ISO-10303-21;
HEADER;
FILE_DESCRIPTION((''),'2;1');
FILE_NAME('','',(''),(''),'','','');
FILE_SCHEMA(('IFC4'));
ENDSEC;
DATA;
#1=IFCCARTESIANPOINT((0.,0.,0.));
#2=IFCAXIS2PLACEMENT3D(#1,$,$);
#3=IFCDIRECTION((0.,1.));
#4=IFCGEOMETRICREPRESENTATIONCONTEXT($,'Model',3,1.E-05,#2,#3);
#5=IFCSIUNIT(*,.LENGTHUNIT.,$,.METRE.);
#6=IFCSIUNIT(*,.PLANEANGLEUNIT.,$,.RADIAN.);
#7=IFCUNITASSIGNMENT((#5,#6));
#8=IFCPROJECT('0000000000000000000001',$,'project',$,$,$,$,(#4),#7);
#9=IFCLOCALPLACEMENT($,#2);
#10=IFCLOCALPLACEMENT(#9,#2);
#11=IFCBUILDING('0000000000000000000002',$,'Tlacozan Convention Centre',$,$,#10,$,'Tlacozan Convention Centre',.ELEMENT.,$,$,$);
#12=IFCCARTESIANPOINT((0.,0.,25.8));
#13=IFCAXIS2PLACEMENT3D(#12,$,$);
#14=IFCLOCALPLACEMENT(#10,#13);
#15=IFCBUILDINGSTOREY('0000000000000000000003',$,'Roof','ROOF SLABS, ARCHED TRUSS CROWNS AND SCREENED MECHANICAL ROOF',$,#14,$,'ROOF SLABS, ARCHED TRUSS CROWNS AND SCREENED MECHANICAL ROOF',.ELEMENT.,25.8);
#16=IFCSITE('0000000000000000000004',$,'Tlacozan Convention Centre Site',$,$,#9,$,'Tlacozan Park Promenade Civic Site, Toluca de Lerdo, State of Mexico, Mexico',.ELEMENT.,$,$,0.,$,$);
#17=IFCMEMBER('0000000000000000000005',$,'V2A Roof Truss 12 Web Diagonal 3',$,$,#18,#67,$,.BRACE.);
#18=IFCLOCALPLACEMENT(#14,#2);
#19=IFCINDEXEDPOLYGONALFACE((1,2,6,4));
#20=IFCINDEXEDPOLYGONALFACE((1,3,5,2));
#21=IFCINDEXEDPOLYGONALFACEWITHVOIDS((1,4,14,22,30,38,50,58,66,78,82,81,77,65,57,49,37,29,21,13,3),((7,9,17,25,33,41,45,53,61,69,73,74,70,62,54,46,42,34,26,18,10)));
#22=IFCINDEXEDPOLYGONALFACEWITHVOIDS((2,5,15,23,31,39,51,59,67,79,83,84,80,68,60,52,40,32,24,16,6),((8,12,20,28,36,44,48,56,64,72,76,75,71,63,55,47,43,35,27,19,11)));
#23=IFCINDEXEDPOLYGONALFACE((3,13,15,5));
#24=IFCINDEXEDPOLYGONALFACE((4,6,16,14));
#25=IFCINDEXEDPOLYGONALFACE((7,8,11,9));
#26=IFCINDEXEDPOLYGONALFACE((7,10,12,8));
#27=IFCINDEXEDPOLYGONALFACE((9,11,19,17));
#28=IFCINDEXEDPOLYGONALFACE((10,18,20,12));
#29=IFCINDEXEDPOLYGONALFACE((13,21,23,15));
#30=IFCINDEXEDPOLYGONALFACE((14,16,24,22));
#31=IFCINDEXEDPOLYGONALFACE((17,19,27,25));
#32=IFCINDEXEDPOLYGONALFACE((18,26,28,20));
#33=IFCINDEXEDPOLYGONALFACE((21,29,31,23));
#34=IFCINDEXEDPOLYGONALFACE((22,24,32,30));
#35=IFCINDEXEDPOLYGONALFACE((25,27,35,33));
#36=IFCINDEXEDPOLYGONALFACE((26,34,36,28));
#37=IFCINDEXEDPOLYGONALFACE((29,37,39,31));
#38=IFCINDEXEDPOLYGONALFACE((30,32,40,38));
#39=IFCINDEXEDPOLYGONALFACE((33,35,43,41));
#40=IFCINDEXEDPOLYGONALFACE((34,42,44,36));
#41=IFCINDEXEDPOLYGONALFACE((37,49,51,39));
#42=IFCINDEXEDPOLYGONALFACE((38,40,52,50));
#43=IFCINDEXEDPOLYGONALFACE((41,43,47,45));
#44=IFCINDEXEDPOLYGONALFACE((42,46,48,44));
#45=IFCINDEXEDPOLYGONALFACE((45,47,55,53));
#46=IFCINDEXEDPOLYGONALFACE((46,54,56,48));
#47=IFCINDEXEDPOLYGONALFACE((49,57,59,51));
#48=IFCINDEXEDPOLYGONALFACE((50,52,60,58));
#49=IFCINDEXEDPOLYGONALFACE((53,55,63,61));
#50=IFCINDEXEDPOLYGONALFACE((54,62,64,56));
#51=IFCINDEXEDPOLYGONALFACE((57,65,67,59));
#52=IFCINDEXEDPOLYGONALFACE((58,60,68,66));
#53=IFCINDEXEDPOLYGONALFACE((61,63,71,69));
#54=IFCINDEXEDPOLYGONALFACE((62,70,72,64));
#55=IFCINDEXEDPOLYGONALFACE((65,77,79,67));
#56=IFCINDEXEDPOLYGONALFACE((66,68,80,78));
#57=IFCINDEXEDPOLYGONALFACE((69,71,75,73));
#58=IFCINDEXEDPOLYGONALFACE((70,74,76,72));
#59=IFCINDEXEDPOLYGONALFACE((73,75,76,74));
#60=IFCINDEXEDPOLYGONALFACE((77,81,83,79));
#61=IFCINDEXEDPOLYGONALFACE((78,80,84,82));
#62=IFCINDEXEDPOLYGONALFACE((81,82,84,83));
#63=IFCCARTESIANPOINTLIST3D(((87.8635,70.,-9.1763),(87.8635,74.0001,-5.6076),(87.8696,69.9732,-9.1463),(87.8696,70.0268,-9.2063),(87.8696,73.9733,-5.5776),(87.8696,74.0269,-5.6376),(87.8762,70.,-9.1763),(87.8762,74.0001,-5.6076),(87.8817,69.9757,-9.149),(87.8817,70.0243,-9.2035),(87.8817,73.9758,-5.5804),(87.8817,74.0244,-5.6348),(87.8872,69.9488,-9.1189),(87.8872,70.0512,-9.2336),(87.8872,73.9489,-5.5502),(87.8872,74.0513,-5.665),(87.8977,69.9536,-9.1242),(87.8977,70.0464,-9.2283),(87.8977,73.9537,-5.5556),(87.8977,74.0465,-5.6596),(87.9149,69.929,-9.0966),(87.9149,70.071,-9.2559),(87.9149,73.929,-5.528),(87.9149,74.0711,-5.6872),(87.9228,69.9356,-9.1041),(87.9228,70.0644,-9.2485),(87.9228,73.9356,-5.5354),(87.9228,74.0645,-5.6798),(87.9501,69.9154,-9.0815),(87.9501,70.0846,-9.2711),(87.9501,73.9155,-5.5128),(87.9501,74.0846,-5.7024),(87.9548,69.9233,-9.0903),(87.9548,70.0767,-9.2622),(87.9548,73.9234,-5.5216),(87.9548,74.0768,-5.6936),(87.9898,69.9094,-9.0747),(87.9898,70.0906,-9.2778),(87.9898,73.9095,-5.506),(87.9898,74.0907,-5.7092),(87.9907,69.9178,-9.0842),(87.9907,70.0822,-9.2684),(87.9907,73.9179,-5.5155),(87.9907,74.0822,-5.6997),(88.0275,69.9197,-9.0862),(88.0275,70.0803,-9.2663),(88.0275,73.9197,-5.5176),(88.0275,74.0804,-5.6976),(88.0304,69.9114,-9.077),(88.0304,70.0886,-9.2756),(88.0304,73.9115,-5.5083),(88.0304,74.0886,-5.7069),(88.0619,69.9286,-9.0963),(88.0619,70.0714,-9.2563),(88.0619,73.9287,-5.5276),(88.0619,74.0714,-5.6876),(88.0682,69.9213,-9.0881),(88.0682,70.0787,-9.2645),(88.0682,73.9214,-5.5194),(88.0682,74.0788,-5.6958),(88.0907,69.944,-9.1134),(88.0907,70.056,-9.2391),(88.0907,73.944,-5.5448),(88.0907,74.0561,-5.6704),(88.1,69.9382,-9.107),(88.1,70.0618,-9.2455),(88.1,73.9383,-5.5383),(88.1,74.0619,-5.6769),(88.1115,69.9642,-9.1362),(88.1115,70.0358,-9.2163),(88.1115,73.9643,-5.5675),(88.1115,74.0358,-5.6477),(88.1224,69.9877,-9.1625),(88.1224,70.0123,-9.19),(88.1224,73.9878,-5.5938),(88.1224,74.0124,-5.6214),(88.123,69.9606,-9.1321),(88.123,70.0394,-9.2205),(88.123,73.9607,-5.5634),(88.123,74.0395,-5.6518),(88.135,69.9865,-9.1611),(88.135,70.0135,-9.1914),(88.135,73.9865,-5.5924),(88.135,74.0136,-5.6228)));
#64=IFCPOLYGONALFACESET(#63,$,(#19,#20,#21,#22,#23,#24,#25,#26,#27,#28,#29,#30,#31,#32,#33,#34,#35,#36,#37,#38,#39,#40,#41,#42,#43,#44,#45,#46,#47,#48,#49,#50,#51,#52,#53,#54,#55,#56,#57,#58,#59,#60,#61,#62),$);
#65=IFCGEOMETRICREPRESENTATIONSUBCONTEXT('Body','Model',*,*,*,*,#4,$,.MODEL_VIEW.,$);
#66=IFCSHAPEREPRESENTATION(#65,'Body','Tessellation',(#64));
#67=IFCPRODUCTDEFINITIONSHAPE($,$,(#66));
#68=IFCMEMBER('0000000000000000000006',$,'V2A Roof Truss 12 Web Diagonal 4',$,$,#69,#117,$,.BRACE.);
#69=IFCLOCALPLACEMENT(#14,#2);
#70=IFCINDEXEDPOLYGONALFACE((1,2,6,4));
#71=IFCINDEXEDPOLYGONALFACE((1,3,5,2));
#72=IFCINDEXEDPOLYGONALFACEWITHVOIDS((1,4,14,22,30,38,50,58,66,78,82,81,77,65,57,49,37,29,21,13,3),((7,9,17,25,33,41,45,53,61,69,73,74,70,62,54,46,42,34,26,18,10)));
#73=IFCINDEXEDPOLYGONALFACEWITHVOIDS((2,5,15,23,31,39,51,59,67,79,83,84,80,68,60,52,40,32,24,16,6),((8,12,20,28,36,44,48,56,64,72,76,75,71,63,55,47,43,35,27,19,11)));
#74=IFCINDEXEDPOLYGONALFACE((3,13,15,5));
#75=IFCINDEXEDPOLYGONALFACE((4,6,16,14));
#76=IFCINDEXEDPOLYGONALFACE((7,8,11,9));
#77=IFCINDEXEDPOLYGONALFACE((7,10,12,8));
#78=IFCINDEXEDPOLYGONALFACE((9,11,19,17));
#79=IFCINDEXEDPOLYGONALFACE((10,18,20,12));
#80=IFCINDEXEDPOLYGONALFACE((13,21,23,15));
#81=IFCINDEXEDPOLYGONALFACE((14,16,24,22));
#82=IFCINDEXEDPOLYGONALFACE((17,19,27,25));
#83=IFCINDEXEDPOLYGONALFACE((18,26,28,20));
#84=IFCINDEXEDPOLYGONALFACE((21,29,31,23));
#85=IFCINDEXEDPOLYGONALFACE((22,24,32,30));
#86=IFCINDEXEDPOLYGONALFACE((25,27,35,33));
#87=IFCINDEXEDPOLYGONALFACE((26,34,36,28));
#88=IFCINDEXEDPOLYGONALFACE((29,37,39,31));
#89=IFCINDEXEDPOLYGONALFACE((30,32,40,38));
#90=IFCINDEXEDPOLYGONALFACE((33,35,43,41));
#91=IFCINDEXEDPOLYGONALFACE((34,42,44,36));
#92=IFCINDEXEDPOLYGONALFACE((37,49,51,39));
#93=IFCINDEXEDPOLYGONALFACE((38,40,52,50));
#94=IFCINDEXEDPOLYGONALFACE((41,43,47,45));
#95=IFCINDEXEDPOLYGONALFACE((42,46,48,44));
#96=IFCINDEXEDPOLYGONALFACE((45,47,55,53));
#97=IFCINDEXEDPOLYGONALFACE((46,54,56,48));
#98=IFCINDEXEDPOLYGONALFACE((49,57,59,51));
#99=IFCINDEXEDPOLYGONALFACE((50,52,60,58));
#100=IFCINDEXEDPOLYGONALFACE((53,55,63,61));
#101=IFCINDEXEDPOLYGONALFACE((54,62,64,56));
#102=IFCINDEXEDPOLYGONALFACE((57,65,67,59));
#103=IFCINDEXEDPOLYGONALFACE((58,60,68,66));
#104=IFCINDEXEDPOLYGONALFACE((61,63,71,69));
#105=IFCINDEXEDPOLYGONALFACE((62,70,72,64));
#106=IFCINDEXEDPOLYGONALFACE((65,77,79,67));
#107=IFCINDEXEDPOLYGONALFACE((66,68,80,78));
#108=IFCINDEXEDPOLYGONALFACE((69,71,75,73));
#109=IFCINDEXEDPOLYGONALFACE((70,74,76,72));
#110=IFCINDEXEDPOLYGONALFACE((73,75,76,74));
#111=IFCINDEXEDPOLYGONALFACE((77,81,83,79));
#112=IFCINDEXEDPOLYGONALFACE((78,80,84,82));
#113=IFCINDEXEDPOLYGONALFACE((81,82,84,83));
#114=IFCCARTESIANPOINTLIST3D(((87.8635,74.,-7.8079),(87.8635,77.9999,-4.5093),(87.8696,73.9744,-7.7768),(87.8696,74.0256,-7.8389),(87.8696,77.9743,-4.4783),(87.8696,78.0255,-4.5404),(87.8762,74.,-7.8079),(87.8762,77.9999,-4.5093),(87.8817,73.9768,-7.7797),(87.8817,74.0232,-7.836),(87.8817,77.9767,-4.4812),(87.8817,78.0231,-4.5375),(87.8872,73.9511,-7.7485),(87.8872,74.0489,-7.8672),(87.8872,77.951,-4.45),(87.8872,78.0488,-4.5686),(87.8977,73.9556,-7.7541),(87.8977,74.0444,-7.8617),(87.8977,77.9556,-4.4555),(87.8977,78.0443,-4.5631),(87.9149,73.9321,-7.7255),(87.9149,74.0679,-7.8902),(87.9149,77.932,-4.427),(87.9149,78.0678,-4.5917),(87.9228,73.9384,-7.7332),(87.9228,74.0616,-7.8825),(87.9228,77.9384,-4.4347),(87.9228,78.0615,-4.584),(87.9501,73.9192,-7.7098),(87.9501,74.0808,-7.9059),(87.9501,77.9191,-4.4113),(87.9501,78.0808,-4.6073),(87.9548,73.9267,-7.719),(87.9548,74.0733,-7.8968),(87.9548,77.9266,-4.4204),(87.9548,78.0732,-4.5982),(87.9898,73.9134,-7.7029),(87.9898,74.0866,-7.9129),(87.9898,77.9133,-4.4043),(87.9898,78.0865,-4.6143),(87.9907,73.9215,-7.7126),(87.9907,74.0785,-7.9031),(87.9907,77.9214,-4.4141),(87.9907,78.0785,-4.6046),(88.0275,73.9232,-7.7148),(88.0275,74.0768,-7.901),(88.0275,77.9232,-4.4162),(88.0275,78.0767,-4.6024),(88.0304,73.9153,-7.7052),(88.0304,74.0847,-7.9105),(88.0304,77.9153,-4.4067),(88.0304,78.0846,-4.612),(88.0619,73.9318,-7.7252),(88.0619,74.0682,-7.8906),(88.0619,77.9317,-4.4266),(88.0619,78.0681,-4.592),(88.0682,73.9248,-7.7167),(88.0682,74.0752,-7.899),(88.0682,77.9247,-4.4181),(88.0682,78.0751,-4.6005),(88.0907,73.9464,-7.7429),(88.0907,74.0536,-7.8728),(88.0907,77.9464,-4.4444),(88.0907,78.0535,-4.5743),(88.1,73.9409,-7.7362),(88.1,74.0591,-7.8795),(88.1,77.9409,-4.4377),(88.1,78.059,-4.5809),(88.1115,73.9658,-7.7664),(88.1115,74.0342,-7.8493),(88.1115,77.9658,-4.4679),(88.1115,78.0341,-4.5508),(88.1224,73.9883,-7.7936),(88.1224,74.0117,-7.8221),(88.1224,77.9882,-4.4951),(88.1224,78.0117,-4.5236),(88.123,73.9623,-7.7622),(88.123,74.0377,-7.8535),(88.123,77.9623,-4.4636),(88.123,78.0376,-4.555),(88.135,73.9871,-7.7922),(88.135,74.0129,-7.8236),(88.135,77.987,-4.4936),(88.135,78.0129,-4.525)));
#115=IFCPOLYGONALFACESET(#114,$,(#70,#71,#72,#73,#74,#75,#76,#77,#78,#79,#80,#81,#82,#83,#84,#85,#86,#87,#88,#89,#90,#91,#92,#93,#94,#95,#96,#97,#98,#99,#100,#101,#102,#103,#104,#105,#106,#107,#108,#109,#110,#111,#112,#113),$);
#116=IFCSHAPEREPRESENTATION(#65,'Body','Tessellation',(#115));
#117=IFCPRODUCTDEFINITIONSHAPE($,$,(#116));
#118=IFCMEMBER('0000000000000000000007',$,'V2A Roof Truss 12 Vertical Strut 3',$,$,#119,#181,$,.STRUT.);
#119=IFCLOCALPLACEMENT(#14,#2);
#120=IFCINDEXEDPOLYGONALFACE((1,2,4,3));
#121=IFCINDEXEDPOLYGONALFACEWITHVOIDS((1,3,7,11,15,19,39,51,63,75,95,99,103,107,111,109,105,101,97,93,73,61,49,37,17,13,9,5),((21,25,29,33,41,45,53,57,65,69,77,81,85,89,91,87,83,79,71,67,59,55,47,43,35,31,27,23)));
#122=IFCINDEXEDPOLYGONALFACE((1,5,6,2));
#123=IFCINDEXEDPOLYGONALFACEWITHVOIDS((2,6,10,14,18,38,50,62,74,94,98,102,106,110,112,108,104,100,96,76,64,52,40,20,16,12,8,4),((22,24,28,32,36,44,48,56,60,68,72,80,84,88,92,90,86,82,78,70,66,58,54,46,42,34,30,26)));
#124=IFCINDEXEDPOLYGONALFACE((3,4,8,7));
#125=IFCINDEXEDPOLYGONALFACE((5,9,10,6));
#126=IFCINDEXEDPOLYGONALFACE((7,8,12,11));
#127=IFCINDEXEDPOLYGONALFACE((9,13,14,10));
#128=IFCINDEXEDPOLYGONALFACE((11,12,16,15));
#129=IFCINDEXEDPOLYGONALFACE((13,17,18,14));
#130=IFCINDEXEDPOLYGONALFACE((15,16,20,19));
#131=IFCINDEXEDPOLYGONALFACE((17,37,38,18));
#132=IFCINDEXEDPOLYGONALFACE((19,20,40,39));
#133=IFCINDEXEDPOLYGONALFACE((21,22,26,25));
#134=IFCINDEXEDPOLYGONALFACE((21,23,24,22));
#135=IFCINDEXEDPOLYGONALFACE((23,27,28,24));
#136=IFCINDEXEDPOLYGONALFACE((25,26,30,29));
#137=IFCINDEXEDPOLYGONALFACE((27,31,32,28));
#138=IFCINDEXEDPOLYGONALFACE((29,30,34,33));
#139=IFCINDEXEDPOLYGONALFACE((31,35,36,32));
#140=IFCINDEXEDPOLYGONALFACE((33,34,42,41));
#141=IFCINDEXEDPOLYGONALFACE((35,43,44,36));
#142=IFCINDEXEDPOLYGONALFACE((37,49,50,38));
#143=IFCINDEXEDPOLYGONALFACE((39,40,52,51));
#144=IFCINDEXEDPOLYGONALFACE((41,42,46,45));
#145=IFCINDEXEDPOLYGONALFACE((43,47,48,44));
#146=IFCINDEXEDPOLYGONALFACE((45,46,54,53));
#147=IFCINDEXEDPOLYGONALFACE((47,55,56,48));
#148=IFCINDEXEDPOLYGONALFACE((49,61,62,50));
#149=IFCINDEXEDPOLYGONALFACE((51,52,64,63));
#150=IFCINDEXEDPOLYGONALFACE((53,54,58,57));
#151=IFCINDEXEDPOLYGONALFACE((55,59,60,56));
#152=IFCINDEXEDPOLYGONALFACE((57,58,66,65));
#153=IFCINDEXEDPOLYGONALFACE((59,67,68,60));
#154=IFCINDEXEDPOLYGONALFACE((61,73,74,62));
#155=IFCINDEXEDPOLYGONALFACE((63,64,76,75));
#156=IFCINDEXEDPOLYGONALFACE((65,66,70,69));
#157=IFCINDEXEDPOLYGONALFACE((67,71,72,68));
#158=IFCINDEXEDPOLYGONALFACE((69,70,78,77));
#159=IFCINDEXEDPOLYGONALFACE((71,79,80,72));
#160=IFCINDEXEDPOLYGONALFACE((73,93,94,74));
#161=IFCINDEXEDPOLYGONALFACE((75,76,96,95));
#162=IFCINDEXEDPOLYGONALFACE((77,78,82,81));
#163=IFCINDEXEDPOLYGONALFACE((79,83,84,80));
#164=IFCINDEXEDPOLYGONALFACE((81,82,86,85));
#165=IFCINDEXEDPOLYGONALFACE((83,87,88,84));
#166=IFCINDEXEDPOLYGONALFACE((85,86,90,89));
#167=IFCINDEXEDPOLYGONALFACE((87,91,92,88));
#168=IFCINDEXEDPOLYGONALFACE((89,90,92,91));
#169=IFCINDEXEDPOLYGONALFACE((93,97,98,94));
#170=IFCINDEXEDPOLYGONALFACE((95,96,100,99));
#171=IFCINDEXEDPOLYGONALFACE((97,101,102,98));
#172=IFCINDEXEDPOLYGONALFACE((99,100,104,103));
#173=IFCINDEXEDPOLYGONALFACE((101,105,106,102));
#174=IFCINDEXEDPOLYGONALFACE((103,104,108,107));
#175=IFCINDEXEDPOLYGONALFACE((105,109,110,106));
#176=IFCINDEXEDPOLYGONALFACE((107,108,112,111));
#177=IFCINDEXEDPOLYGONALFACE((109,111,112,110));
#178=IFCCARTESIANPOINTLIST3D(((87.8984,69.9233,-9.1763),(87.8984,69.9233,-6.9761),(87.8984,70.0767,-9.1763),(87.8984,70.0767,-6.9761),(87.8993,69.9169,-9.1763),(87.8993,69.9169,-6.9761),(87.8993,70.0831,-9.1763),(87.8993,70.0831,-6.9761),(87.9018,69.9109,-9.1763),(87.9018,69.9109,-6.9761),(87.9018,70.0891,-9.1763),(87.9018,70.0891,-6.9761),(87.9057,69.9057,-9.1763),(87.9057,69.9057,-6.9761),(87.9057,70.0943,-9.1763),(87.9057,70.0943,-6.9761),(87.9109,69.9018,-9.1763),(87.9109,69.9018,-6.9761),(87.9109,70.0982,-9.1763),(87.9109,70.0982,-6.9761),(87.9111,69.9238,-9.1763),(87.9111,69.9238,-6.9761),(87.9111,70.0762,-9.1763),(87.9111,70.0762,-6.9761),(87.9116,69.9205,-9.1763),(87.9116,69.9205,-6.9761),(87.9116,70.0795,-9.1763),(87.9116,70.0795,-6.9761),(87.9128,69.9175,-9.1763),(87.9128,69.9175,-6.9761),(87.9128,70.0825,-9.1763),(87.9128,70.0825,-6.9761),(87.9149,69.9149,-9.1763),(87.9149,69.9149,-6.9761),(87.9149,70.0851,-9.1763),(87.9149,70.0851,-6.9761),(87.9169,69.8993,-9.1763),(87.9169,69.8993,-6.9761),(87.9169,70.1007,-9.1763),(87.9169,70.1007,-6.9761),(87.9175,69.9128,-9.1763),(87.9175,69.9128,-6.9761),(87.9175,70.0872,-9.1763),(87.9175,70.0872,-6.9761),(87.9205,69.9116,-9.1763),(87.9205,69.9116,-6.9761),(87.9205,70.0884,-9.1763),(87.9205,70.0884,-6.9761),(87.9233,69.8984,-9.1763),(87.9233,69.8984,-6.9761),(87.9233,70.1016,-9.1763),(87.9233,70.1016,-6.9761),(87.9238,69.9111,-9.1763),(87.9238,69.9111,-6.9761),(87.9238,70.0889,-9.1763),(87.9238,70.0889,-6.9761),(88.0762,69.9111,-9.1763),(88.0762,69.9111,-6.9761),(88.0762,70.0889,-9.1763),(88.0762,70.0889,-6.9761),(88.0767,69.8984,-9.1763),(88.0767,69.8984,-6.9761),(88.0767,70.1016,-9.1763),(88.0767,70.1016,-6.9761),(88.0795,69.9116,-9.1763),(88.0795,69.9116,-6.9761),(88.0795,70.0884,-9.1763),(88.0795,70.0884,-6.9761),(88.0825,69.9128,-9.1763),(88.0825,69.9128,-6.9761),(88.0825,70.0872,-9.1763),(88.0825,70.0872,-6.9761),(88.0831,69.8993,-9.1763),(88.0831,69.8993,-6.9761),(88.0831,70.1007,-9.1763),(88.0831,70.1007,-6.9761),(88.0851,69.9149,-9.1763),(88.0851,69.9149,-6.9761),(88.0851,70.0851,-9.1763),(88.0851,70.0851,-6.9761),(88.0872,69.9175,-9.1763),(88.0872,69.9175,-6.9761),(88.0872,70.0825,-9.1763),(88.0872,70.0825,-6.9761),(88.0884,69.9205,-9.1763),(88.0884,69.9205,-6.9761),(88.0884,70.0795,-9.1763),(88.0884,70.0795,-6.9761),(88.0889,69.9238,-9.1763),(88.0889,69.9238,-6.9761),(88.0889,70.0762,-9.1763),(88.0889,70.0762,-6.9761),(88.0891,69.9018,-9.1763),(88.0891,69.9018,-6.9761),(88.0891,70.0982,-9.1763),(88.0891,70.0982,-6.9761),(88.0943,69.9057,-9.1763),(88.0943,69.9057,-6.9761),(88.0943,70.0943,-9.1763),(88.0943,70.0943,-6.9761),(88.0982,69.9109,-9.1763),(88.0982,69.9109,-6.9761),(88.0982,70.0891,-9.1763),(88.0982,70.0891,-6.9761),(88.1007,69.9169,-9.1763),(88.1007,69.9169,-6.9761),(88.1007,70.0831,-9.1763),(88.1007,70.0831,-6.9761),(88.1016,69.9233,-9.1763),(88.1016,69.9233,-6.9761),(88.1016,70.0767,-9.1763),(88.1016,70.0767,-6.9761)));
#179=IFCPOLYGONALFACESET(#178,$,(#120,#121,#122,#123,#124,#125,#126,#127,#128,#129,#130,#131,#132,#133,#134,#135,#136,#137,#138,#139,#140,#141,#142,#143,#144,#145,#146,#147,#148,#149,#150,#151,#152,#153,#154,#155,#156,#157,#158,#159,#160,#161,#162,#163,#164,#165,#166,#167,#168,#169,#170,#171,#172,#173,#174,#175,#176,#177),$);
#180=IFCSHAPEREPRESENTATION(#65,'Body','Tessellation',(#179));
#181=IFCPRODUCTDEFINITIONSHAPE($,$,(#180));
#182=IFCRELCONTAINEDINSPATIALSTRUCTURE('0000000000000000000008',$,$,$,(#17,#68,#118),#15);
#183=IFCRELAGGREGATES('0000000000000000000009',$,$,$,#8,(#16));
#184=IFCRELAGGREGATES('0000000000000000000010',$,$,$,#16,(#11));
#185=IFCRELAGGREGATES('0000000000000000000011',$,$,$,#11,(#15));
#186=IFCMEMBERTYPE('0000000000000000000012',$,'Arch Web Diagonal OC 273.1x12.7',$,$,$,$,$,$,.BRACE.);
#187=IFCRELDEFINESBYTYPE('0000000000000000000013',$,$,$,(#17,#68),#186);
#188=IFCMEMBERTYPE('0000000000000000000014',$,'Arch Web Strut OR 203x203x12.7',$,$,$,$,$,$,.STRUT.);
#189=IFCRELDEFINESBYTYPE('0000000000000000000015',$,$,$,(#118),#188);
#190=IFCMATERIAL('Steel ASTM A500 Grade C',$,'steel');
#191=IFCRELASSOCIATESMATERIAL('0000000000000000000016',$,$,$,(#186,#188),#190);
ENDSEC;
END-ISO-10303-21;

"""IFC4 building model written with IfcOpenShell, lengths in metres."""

from ifc_helpers import new_model, si_unit, direction, frame, origin, origin_2d, place, context, subcontext, project, spatial, hollow_rectangle, hollow_circle, extrude, material, material_profile, profile_set, type_object, element, save


model = new_model("IFC4")

# Units and contexts
model_context = context("Model", 3, precision=1e-05, world=origin(), true_north=direction((0.0, 1.0)))
body_context = subcontext(model_context, "Body", "Model", "MODEL_VIEW")
ifc_project = project(units=[si_unit("LENGTHUNIT", "METRE"), si_unit("PLANEANGLEUNIT", "RADIAN")], contexts=[model_context])

# Site, building, storey
site_placement = place(None, origin())
site = spatial("IfcSite", under=ifc_project, at=site_placement, Name="Tlacozan Convention Centre Site", LongName="Tlacozan Park Promenade Civic Site, Toluca de Lerdo, State of Mexico, Mexico", CompositionType="ELEMENT", RefElevation=0.0)
building_placement = place(site_placement, origin())
building = spatial("IfcBuilding", under=site, at=building_placement, Name="Tlacozan Convention Centre", LongName="Tlacozan Convention Centre", CompositionType="ELEMENT")
storey_placement = place(building_placement, frame((0.0, 0.0, 25.8)))
storey = spatial("IfcBuildingStorey", under=building, at=storey_placement, Name="Roof", Description="ROOF SLABS, ARCHED TRUSS CROWNS AND SCREENED MECHANICAL ROOF", LongName="ROOF SLABS, ARCHED TRUSS CROWNS AND SCREENED MECHANICAL ROOF", CompositionType="ELEMENT", Elevation=25.8)

# Members
ifc_material_1 = material(Name="Steel ASTM A500 Grade C", Category="steel")
ifc_material_profile_1 = material_profile(ifc_material_1, hollow_circle(Radius=0.1365, WallThickness=0.0127, at=origin_2d()), Name="OC 273.1x12.7")
ifc_profile_set_1 = profile_set([ifc_material_profile_1], Name="Steel ASTM A500 Grade C")
member_type_1 = type_object("IfcMemberType", Name="Arch Web Diagonal OC 273.1x12.7", PredefinedType="BRACE", material=ifc_profile_set_1)
member_1_placement = place(storey_placement, frame((88.0, 70.0, -9.1763), z_axis=(0.0, 0.746199, 0.665722), x_axis=(-1.0, 0.0, 0.0)))
element("IfcMember", 1, at=member_1_placement, inside=storey, type_object=member_type_1, Name="V2A Roof Truss 12 Web Diagonal 3", PredefinedType="BRACE", context=body_context, shape_type="SweptSolid", body=[
    extrude(hollow_circle(Radius=0.1365, WallThickness=0.0127, at=origin_2d()), origin(), (0.0, 0.0, 1.0), 5.3606),
])
member_2_placement = place(storey_placement, frame((88.0, 74.0, -7.8079), z_axis=(0.0, 0.771507, 0.63622), x_axis=(-1.0, 0.0, 0.0)))
element("IfcMember", 2, at=member_2_placement, inside=storey, type_object=member_type_1, Name="V2A Roof Truss 12 Web Diagonal 4", PredefinedType="BRACE", context=body_context, shape_type="SweptSolid", body=[
    extrude(hollow_circle(Radius=0.1365, WallThickness=0.0127, at=origin_2d()), origin(), (0.0, 0.0, 1.0), 5.1846),
])
ifc_material_profile_2 = material_profile(ifc_material_1, hollow_rectangle(XDim=0.2031, YDim=0.2031, WallThickness=0.0127, InnerFilletRadius=0.0127, OuterFilletRadius=0.0249, at=origin_2d()), Name="OR 203x203x12.7")
ifc_profile_set_2 = profile_set([ifc_material_profile_2], Name="Steel ASTM A500 Grade C")
member_type_2 = type_object("IfcMemberType", Name="Arch Web Strut OR 203x203x12.7", PredefinedType="STRUT", material=ifc_profile_set_2)
member_3_placement = place(storey_placement, frame((88.0, 70.0, -9.1763), z_axis=(0.0, 0.0, 1.0), x_axis=(1.0, 0.0, 0.0)))
element("IfcMember", 3, at=member_3_placement, inside=storey, type_object=member_type_2, Name="V2A Roof Truss 12 Vertical Strut 3", PredefinedType="STRUT", context=body_context, shape_type="SweptSolid", body=[
    extrude(hollow_rectangle(XDim=0.2031, YDim=0.2031, WallThickness=0.0127, InnerFilletRadius=0.0127, OuterFilletRadius=0.0249, at=origin_2d()), origin(), (0.0, 0.0, 1.0), 2.2002),
])

save(model, "model.ifc")
